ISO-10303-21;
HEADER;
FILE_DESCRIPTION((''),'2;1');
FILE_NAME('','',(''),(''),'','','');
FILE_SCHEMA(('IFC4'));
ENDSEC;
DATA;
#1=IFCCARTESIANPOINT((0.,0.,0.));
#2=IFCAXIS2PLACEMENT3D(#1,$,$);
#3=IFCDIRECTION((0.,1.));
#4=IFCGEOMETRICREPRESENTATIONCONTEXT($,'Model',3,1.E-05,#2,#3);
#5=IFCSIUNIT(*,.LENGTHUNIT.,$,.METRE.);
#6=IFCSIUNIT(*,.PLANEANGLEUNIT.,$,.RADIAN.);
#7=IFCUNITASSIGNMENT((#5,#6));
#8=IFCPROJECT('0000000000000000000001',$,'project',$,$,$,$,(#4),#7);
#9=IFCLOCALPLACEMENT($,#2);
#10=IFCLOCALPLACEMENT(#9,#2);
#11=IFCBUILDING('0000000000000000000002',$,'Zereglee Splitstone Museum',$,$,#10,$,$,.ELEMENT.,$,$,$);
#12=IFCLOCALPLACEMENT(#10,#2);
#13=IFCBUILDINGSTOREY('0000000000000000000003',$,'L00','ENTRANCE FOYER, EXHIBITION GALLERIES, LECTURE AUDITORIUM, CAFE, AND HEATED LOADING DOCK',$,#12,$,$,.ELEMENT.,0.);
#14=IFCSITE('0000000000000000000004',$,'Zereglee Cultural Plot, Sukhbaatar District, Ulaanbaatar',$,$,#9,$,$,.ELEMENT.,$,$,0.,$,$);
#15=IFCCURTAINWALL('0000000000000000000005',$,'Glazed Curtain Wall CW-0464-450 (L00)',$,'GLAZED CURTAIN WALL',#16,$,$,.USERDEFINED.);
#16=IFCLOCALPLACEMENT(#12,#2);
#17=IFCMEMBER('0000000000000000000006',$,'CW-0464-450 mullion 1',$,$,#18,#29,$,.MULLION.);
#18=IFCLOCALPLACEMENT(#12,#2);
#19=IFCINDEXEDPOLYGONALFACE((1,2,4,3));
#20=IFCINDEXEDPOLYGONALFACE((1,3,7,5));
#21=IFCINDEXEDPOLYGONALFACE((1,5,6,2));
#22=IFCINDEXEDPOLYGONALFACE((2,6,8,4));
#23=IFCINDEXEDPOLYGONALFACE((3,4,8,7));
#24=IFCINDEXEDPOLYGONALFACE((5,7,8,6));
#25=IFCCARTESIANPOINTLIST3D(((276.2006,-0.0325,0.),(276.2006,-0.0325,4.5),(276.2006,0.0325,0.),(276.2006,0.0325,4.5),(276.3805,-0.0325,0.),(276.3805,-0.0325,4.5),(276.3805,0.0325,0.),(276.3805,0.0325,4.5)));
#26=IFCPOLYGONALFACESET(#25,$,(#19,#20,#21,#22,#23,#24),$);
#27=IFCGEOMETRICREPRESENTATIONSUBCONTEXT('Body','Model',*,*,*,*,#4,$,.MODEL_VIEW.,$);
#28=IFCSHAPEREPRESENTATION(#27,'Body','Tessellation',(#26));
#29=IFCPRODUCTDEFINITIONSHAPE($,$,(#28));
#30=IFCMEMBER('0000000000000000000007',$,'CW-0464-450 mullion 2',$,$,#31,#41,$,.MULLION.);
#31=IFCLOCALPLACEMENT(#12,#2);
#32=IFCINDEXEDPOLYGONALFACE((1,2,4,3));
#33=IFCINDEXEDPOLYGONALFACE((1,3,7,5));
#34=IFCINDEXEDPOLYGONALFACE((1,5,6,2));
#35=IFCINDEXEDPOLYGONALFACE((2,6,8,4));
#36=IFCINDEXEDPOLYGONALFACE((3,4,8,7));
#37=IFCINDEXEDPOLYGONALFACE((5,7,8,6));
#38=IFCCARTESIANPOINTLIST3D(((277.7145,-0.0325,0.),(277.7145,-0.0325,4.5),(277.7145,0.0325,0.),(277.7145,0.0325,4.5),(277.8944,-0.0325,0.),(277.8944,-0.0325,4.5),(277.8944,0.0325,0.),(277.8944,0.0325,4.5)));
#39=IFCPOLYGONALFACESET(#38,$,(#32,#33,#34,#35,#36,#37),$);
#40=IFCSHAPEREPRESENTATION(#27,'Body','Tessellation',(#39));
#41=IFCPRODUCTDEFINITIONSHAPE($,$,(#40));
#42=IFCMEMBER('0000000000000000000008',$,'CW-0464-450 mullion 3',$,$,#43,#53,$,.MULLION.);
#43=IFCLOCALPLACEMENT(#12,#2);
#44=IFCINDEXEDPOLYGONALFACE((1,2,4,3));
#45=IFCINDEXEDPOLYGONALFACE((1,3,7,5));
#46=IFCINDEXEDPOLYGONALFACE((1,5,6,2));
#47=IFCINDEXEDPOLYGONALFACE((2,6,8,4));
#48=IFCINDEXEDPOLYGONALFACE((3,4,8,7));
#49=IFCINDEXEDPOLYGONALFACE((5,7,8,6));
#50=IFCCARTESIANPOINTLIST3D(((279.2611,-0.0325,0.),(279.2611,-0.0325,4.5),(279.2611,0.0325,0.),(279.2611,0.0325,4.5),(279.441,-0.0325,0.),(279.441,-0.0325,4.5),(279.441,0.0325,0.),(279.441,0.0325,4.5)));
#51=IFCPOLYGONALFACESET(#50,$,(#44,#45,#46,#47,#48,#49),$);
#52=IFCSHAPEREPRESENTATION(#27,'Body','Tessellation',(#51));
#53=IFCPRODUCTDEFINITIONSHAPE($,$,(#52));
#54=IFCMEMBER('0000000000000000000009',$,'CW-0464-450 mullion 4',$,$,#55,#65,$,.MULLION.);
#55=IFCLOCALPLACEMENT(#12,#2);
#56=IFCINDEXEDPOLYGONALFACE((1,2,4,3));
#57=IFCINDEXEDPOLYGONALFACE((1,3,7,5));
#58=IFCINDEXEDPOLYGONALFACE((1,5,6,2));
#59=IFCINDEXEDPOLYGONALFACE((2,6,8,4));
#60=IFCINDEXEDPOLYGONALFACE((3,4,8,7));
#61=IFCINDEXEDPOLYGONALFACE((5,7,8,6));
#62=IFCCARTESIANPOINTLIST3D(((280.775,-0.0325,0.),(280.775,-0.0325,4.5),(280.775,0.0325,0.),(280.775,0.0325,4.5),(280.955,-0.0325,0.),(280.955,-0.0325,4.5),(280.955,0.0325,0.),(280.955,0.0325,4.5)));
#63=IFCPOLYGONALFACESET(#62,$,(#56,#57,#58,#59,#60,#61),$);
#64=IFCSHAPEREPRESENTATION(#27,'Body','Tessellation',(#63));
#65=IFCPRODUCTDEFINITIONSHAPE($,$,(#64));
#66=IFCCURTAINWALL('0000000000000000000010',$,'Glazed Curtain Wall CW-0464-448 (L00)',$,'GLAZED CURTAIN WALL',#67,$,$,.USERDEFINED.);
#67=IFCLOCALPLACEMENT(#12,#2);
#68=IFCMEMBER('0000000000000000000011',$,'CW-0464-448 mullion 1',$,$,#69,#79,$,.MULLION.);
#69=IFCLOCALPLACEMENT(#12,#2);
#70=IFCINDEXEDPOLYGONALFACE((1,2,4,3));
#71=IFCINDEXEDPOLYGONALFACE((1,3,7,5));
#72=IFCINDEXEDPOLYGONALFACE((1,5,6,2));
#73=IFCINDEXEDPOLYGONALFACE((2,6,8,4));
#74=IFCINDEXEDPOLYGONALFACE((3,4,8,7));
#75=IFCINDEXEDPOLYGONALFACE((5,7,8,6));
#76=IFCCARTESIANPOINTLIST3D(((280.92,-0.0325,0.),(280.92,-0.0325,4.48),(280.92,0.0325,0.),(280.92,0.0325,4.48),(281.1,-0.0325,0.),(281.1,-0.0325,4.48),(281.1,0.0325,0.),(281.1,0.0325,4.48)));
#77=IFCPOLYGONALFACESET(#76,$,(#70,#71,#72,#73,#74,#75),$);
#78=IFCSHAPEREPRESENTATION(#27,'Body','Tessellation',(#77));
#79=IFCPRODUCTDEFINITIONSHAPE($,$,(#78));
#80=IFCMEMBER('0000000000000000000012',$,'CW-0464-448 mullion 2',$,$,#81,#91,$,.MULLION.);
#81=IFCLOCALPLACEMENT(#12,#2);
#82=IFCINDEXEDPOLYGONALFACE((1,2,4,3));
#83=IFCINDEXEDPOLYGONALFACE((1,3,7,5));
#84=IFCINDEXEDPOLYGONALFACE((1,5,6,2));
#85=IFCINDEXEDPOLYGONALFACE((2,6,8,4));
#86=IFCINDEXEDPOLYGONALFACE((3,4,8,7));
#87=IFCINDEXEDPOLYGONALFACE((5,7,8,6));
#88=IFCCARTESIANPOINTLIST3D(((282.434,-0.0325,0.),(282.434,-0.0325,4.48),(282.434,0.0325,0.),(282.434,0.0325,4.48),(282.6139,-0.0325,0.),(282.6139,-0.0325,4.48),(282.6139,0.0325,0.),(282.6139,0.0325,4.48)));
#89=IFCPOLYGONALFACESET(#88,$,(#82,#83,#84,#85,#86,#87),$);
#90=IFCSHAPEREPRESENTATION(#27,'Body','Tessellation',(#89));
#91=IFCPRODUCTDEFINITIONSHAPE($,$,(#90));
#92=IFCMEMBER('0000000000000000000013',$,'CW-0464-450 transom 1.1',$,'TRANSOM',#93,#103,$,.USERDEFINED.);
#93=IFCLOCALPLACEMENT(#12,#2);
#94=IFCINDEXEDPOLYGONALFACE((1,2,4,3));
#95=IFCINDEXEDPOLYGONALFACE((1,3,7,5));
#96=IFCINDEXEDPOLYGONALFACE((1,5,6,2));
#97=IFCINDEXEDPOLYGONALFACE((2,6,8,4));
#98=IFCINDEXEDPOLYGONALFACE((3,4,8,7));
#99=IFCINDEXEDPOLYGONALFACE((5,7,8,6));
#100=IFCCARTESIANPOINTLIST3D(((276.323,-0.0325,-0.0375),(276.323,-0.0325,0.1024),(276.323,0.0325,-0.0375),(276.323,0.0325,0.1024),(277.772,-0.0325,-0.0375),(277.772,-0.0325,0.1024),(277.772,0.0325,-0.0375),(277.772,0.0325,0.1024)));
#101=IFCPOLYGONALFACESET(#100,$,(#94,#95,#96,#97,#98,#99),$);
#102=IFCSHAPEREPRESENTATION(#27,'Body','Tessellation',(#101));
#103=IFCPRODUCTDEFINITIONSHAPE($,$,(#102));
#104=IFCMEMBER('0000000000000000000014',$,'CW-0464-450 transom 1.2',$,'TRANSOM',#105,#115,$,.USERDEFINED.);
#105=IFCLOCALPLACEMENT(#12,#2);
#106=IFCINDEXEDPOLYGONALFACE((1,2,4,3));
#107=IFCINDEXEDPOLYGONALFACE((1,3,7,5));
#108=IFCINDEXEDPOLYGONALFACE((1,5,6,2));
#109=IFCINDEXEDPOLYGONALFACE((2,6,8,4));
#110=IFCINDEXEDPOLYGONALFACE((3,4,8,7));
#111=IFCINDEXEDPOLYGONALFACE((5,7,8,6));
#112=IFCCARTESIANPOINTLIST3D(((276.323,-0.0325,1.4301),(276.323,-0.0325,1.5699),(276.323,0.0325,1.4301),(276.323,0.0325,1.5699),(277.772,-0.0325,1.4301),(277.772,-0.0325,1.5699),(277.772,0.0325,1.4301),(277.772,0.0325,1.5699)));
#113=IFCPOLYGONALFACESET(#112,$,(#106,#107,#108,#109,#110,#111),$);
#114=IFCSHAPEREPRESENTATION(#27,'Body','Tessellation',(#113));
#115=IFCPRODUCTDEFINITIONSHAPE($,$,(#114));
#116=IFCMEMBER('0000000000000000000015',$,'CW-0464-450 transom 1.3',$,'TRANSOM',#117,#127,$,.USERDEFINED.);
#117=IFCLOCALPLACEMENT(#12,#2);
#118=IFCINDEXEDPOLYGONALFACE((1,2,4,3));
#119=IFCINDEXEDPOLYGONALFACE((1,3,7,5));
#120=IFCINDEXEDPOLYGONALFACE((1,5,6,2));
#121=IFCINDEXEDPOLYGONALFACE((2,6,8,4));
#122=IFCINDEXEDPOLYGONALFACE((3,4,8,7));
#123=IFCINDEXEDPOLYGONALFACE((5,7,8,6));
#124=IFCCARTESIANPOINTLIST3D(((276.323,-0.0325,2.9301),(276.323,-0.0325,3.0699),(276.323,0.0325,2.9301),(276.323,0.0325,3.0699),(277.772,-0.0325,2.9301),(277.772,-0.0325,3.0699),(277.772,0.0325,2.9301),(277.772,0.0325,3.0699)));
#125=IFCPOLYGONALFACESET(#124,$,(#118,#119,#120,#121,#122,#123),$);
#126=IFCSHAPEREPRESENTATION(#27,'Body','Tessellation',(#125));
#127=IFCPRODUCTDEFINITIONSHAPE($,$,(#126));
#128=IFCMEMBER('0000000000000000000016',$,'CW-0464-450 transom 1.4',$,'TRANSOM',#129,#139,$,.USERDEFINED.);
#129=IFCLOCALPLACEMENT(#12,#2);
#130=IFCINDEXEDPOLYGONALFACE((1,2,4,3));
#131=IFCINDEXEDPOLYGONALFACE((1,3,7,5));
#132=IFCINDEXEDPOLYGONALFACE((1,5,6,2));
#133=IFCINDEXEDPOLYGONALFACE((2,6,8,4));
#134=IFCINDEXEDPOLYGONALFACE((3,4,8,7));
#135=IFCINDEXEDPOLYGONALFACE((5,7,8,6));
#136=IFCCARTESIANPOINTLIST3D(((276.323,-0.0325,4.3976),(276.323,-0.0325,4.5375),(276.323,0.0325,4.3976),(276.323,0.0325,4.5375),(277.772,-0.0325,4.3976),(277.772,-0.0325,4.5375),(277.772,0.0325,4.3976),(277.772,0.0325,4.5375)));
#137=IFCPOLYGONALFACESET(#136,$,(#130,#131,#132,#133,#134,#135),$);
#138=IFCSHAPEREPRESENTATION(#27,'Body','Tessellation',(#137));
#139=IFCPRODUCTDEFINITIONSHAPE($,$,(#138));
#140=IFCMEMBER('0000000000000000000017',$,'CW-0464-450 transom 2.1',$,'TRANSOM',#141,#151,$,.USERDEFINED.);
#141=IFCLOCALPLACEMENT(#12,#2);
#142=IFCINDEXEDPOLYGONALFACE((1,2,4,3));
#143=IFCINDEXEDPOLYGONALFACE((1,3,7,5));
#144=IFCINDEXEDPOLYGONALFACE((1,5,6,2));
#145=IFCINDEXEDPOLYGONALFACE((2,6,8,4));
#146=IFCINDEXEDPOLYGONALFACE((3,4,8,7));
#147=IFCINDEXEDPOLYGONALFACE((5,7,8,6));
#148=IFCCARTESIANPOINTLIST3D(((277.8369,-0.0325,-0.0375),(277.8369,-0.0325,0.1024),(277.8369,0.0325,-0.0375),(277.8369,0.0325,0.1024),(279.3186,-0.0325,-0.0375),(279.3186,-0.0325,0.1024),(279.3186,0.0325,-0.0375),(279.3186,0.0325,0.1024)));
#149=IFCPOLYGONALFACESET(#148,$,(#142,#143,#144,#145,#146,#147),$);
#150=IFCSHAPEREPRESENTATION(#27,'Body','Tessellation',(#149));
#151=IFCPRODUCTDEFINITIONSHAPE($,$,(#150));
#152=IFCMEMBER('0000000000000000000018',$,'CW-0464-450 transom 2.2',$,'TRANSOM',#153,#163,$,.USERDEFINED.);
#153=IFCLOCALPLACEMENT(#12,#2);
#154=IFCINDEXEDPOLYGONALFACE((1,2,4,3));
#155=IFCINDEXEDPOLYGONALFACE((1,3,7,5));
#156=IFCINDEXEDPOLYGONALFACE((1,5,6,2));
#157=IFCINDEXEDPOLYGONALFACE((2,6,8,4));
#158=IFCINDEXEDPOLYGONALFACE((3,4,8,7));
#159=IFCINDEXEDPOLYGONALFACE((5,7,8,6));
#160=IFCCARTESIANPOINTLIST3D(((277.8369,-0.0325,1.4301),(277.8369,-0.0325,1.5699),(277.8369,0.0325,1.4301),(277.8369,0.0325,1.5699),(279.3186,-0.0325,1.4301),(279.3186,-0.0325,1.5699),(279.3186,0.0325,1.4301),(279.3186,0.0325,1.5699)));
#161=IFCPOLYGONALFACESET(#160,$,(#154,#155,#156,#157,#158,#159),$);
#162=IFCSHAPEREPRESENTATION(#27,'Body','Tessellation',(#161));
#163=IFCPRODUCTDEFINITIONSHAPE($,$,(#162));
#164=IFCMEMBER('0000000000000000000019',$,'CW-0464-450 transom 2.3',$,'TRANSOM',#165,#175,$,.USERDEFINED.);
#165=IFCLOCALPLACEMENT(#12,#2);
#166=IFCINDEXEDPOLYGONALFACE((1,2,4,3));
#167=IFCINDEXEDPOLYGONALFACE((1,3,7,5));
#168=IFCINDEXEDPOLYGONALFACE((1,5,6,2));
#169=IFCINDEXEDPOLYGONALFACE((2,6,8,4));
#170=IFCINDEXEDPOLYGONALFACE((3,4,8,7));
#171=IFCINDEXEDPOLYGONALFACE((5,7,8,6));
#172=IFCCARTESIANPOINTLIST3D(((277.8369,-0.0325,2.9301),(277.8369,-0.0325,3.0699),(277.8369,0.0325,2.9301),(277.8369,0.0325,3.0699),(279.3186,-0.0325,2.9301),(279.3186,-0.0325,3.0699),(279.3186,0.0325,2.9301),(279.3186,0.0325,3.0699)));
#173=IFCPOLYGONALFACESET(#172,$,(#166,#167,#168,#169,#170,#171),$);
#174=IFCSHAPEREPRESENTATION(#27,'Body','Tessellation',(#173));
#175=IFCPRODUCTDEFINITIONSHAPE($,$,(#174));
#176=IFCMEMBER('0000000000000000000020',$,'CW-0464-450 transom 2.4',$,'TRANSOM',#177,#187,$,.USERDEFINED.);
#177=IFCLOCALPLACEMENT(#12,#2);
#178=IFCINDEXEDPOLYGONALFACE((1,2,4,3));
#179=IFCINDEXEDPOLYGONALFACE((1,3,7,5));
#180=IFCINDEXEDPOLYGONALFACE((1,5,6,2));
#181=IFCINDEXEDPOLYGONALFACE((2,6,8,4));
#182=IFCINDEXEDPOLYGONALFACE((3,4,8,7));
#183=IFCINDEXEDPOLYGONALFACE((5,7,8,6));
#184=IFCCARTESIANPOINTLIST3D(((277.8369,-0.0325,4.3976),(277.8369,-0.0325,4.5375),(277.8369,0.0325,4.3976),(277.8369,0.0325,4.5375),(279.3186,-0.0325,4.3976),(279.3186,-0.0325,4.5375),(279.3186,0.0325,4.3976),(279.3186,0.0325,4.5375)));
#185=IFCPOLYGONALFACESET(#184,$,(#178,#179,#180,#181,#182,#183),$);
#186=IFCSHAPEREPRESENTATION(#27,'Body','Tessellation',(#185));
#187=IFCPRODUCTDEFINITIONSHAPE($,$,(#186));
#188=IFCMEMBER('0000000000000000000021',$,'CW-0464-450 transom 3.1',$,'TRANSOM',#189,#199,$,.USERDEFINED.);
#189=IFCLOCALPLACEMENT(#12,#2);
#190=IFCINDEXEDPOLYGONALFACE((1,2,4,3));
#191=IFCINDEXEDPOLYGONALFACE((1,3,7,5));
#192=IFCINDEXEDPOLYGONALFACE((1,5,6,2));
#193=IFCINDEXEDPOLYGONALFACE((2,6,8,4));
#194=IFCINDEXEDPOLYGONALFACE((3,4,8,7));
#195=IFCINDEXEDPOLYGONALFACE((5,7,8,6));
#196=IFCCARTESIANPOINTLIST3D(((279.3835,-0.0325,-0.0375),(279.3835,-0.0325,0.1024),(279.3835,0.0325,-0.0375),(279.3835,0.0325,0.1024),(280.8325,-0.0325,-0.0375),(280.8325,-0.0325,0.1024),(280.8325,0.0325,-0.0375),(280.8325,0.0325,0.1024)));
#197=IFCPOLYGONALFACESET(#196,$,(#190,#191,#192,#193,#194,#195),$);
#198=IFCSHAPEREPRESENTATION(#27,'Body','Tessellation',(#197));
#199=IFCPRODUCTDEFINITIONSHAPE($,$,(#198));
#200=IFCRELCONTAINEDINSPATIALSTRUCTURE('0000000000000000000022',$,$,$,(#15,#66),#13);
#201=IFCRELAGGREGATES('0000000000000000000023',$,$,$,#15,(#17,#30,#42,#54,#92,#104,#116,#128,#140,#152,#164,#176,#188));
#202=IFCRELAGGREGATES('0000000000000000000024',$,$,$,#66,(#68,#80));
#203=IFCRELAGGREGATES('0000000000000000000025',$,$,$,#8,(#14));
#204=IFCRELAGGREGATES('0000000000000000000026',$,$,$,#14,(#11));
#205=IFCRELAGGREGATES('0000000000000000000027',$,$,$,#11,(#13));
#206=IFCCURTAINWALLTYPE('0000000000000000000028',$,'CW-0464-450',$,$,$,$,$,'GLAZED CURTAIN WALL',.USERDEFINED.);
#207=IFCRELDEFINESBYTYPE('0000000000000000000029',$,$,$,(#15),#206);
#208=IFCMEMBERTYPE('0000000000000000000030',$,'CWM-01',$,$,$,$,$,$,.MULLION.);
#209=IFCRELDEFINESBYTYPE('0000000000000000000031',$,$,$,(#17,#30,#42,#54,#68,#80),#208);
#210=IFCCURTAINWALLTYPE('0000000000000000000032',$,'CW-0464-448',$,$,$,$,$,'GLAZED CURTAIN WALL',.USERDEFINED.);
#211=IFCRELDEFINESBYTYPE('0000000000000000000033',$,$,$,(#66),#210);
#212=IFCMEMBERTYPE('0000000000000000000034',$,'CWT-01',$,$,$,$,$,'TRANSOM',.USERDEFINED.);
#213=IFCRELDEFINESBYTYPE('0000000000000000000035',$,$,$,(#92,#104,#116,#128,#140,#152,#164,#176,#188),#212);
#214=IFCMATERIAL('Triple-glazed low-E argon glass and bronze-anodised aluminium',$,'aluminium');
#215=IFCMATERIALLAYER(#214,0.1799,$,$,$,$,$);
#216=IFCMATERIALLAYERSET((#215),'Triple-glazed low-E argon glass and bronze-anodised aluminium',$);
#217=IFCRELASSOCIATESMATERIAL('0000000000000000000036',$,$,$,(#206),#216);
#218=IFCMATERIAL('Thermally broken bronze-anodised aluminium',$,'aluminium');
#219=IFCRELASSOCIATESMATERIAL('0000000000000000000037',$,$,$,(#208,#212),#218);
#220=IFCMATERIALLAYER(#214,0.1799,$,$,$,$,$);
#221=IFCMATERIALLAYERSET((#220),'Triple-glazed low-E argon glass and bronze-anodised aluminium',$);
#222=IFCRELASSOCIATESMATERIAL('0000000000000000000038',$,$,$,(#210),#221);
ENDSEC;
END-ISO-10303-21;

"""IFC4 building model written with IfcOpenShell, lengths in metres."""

from ifc_helpers import new_model, si_unit, direction, frame, origin, origin_2d, place, context, subcontext, project, spatial, rectangle, extrude, material, layer, layer_set, material_profile, profile_set, type_object, element, aggregate, save


model = new_model("IFC4")

# Units and contexts
model_context = context("Model", 3, precision=1e-05, world=origin(), true_north=direction((0.0, 1.0)))
body_context = subcontext(model_context, "Body", "Model", "MODEL_VIEW")
ifc_project = project(units=[si_unit("LENGTHUNIT", "METRE"), si_unit("PLANEANGLEUNIT", "RADIAN")], contexts=[model_context])

# Site, building, storey
site_placement = place(None, origin())
site = spatial("IfcSite", under=ifc_project, at=site_placement, Name="Zereglee Cultural Plot, Sukhbaatar District, Ulaanbaatar", CompositionType="ELEMENT", RefElevation=0.0)
building_placement = place(site_placement, origin())
building = spatial("IfcBuilding", under=site, at=building_placement, Name="Zereglee Splitstone Museum", CompositionType="ELEMENT")
storey_placement = place(building_placement, origin())
storey = spatial("IfcBuildingStorey", under=building, at=storey_placement, Name="L00", Description="ENTRANCE FOYER, EXHIBITION GALLERIES, LECTURE AUDITORIUM, CAFE, AND HEATED LOADING DOCK", CompositionType="ELEMENT", Elevation=0.0)

# Curtain walls, members
ifc_material_1 = material(Name="Triple-glazed low-E argon glass and bronze-anodised aluminium", Category="aluminium")
ifc_layer_1 = layer(ifc_material_1, 0.1799)
ifc_layer_set_1 = layer_set([ifc_layer_1], Name="Triple-glazed low-E argon glass and bronze-anodised aluminium")
curtain_wall_type_1 = type_object("IfcCurtainWallType", Name="CW-0464-450", ElementType="GLAZED CURTAIN WALL", PredefinedType="USERDEFINED", material=ifc_layer_set_1)
curtain_wall_1_placement = place(storey_placement, origin())
curtain_wall_1 = element("IfcCurtainWall", 1, at=curtain_wall_1_placement, inside=storey, type_object=curtain_wall_type_1, Name="Glazed Curtain Wall CW-0464-450 (L00)", ObjectType="GLAZED CURTAIN WALL", PredefinedType="USERDEFINED")
ifc_material_2 = material(Name="Thermally broken bronze-anodised aluminium", Category="aluminium")
ifc_material_profile_1 = material_profile(ifc_material_2, rectangle(XDim=0.0649, YDim=0.1799, at=origin_2d()), Name="CW MULL 65x180")
ifc_profile_set_1 = profile_set([ifc_material_profile_1], Name="Thermally broken bronze-anodised aluminium")
member_type_1 = type_object("IfcMemberType", Name="CWM-01", PredefinedType="MULLION", material=ifc_profile_set_1)
member_1_placement = place(storey_placement, frame((276.2905, 0.0, 0.0), z_axis=(0.0, 0.0, 1.0), x_axis=(0.0, 1.0, 0.0)))
member_1 = element("IfcMember", 2, at=member_1_placement, type_object=member_type_1, Name="CW-0464-450 mullion 1", PredefinedType="MULLION", context=body_context, shape_type="SweptSolid", body=[
    extrude(rectangle(XDim=0.0649, YDim=0.1799, at=origin_2d()), origin(), (0.0, 0.0, 1.0), 4.5),
])
member_2_placement = place(storey_placement, frame((277.8044, 0.0, 0.0), z_axis=(0.0, 0.0, 1.0), x_axis=(0.0, 1.0, 0.0)))
member_2 = element("IfcMember", 3, at=member_2_placement, type_object=member_type_1, Name="CW-0464-450 mullion 2", PredefinedType="MULLION", context=body_context, shape_type="SweptSolid", body=[
    extrude(rectangle(XDim=0.0649, YDim=0.1799, at=origin_2d()), origin(), (0.0, 0.0, 1.0), 4.5),
])
member_3_placement = place(storey_placement, frame((279.3511, 0.0, 0.0), z_axis=(0.0, 0.0, 1.0), x_axis=(0.0, 1.0, 0.0)))
member_3 = element("IfcMember", 4, at=member_3_placement, type_object=member_type_1, Name="CW-0464-450 mullion 3", PredefinedType="MULLION", context=body_context, shape_type="SweptSolid", body=[
    extrude(rectangle(XDim=0.0649, YDim=0.1799, at=origin_2d()), origin(), (0.0, 0.0, 1.0), 4.5),
])
member_4_placement = place(storey_placement, frame((280.865, 0.0, 0.0), z_axis=(0.0, 0.0, 1.0), x_axis=(0.0, 1.0, 0.0)))
member_4 = element("IfcMember", 5, at=member_4_placement, type_object=member_type_1, Name="CW-0464-450 mullion 4", PredefinedType="MULLION", context=body_context, shape_type="SweptSolid", body=[
    extrude(rectangle(XDim=0.0649, YDim=0.1799, at=origin_2d()), origin(), (0.0, 0.0, 1.0), 4.5),
])
ifc_layer_2 = layer(ifc_material_1, 0.1799)
ifc_layer_set_2 = layer_set([ifc_layer_2], Name="Triple-glazed low-E argon glass and bronze-anodised aluminium")
curtain_wall_type_2 = type_object("IfcCurtainWallType", Name="CW-0464-448", ElementType="GLAZED CURTAIN WALL", PredefinedType="USERDEFINED", material=ifc_layer_set_2)
curtain_wall_2_placement = place(storey_placement, origin())
curtain_wall_2 = element("IfcCurtainWall", 6, at=curtain_wall_2_placement, inside=storey, type_object=curtain_wall_type_2, Name="Glazed Curtain Wall CW-0464-448 (L00)", ObjectType="GLAZED CURTAIN WALL", PredefinedType="USERDEFINED")
member_5_placement = place(storey_placement, frame((281.01, 0.0, 0.0), z_axis=(0.0, 0.0, 1.0), x_axis=(0.0, 1.0, 0.0)))
member_5 = element("IfcMember", 7, at=member_5_placement, type_object=member_type_1, Name="CW-0464-448 mullion 1", PredefinedType="MULLION", context=body_context, shape_type="SweptSolid", body=[
    extrude(rectangle(XDim=0.0649, YDim=0.1799, at=origin_2d()), origin(), (0.0, 0.0, 1.0), 4.48),
])
member_6_placement = place(storey_placement, frame((282.5239, 0.0, 0.0), z_axis=(0.0, 0.0, 1.0), x_axis=(0.0, 1.0, 0.0)))
member_6 = element("IfcMember", 8, at=member_6_placement, type_object=member_type_1, Name="CW-0464-448 mullion 2", PredefinedType="MULLION", context=body_context, shape_type="SweptSolid", body=[
    extrude(rectangle(XDim=0.0649, YDim=0.1799, at=origin_2d()), origin(), (0.0, 0.0, 1.0), 4.48),
])

# Members
ifc_material_profile_2 = material_profile(ifc_material_2, rectangle(XDim=0.0649, YDim=0.1399, at=origin_2d()), Name="CW TRAN 65x140")
ifc_profile_set_2 = profile_set([ifc_material_profile_2], Name="Thermally broken bronze-anodised aluminium")
member_type_2 = type_object("IfcMemberType", Name="CWT-01", ElementType="TRANSOM", PredefinedType="USERDEFINED", material=ifc_profile_set_2)
member_7_placement = place(storey_placement, frame((276.323, 0.0, 0.0325), z_axis=(1.0, 0.0, 0.0), x_axis=(0.0, 1.0, 0.0)))
member_7 = element("IfcMember", 9, at=member_7_placement, type_object=member_type_2, Name="CW-0464-450 transom 1.1", ObjectType="TRANSOM", PredefinedType="USERDEFINED", context=body_context, shape_type="SweptSolid", body=[
    extrude(rectangle(XDim=0.0649, YDim=0.1399, at=origin_2d()), origin(), (0.0, 0.0, 1.0), 1.449),
])
member_8_placement = place(storey_placement, frame((276.323, 0.0, 1.5), z_axis=(1.0, 0.0, 0.0), x_axis=(0.0, 1.0, 0.0)))
member_8 = element("IfcMember", 10, at=member_8_placement, type_object=member_type_2, Name="CW-0464-450 transom 1.2", ObjectType="TRANSOM", PredefinedType="USERDEFINED", context=body_context, shape_type="SweptSolid", body=[
    extrude(rectangle(XDim=0.0649, YDim=0.1399, at=origin_2d()), origin(), (0.0, 0.0, 1.0), 1.449),
])
member_9_placement = place(storey_placement, frame((276.323, 0.0, 3.0), z_axis=(1.0, 0.0, 0.0), x_axis=(0.0, 1.0, 0.0)))
member_9 = element("IfcMember", 11, at=member_9_placement, type_object=member_type_2, Name="CW-0464-450 transom 1.3", ObjectType="TRANSOM", PredefinedType="USERDEFINED", context=body_context, shape_type="SweptSolid", body=[
    extrude(rectangle(XDim=0.0649, YDim=0.1399, at=origin_2d()), origin(), (0.0, 0.0, 1.0), 1.449),
])
member_10_placement = place(storey_placement, frame((276.323, 0.0, 4.4675), z_axis=(1.0, 0.0, 0.0), x_axis=(0.0, 1.0, 0.0)))
member_10 = element("IfcMember", 12, at=member_10_placement, type_object=member_type_2, Name="CW-0464-450 transom 1.4", ObjectType="TRANSOM", PredefinedType="USERDEFINED", context=body_context, shape_type="SweptSolid", body=[
    extrude(rectangle(XDim=0.0649, YDim=0.1399, at=origin_2d()), origin(), (0.0, 0.0, 1.0), 1.449),
])
member_11_placement = place(storey_placement, frame((277.8369, 0.0, 0.0325), z_axis=(1.0, 0.0, 0.0), x_axis=(0.0, 1.0, 0.0)))
member_11 = element("IfcMember", 13, at=member_11_placement, type_object=member_type_2, Name="CW-0464-450 transom 2.1", ObjectType="TRANSOM", PredefinedType="USERDEFINED", context=body_context, shape_type="SweptSolid", body=[
    extrude(rectangle(XDim=0.0649, YDim=0.1399, at=origin_2d()), origin(), (0.0, 0.0, 1.0), 1.4817),
])
member_12_placement = place(storey_placement, frame((277.8369, 0.0, 1.5), z_axis=(1.0, 0.0, 0.0), x_axis=(0.0, 1.0, 0.0)))
member_12 = element("IfcMember", 14, at=member_12_placement, type_object=member_type_2, Name="CW-0464-450 transom 2.2", ObjectType="TRANSOM", PredefinedType="USERDEFINED", context=body_context, shape_type="SweptSolid", body=[
    extrude(rectangle(XDim=0.0649, YDim=0.1399, at=origin_2d()), origin(), (0.0, 0.0, 1.0), 1.4817),
])
member_13_placement = place(storey_placement, frame((277.8369, 0.0, 3.0), z_axis=(1.0, 0.0, 0.0), x_axis=(0.0, 1.0, 0.0)))
member_13 = element("IfcMember", 15, at=member_13_placement, type_object=member_type_2, Name="CW-0464-450 transom 2.3", ObjectType="TRANSOM", PredefinedType="USERDEFINED", context=body_context, shape_type="SweptSolid", body=[
    extrude(rectangle(XDim=0.0649, YDim=0.1399, at=origin_2d()), origin(), (0.0, 0.0, 1.0), 1.4817),
])
member_14_placement = place(storey_placement, frame((277.8369, 0.0, 4.4675), z_axis=(1.0, 0.0, 0.0), x_axis=(0.0, 1.0, 0.0)))
member_14 = element("IfcMember", 16, at=member_14_placement, type_object=member_type_2, Name="CW-0464-450 transom 2.4", ObjectType="TRANSOM", PredefinedType="USERDEFINED", context=body_context, shape_type="SweptSolid", body=[
    extrude(rectangle(XDim=0.0649, YDim=0.1399, at=origin_2d()), origin(), (0.0, 0.0, 1.0), 1.4817),
])
member_15_placement = place(storey_placement, frame((279.3835, 0.0, 0.0325), z_axis=(1.0, 0.0, 0.0), x_axis=(0.0, 1.0, 0.0)))
member_15 = element("IfcMember", 17, at=member_15_placement, type_object=member_type_2, Name="CW-0464-450 transom 3.1", ObjectType="TRANSOM", PredefinedType="USERDEFINED", context=body_context, shape_type="SweptSolid", body=[
    extrude(rectangle(XDim=0.0649, YDim=0.1399, at=origin_2d()), origin(), (0.0, 0.0, 1.0), 1.449),
])

aggregate(curtain_wall_1, [member_1, member_2, member_3, member_4, member_7, member_8, member_9, member_10, member_11, member_12, member_13, member_14, member_15])
aggregate(curtain_wall_2, [member_5, member_6])

save(model, "model.ifc")
